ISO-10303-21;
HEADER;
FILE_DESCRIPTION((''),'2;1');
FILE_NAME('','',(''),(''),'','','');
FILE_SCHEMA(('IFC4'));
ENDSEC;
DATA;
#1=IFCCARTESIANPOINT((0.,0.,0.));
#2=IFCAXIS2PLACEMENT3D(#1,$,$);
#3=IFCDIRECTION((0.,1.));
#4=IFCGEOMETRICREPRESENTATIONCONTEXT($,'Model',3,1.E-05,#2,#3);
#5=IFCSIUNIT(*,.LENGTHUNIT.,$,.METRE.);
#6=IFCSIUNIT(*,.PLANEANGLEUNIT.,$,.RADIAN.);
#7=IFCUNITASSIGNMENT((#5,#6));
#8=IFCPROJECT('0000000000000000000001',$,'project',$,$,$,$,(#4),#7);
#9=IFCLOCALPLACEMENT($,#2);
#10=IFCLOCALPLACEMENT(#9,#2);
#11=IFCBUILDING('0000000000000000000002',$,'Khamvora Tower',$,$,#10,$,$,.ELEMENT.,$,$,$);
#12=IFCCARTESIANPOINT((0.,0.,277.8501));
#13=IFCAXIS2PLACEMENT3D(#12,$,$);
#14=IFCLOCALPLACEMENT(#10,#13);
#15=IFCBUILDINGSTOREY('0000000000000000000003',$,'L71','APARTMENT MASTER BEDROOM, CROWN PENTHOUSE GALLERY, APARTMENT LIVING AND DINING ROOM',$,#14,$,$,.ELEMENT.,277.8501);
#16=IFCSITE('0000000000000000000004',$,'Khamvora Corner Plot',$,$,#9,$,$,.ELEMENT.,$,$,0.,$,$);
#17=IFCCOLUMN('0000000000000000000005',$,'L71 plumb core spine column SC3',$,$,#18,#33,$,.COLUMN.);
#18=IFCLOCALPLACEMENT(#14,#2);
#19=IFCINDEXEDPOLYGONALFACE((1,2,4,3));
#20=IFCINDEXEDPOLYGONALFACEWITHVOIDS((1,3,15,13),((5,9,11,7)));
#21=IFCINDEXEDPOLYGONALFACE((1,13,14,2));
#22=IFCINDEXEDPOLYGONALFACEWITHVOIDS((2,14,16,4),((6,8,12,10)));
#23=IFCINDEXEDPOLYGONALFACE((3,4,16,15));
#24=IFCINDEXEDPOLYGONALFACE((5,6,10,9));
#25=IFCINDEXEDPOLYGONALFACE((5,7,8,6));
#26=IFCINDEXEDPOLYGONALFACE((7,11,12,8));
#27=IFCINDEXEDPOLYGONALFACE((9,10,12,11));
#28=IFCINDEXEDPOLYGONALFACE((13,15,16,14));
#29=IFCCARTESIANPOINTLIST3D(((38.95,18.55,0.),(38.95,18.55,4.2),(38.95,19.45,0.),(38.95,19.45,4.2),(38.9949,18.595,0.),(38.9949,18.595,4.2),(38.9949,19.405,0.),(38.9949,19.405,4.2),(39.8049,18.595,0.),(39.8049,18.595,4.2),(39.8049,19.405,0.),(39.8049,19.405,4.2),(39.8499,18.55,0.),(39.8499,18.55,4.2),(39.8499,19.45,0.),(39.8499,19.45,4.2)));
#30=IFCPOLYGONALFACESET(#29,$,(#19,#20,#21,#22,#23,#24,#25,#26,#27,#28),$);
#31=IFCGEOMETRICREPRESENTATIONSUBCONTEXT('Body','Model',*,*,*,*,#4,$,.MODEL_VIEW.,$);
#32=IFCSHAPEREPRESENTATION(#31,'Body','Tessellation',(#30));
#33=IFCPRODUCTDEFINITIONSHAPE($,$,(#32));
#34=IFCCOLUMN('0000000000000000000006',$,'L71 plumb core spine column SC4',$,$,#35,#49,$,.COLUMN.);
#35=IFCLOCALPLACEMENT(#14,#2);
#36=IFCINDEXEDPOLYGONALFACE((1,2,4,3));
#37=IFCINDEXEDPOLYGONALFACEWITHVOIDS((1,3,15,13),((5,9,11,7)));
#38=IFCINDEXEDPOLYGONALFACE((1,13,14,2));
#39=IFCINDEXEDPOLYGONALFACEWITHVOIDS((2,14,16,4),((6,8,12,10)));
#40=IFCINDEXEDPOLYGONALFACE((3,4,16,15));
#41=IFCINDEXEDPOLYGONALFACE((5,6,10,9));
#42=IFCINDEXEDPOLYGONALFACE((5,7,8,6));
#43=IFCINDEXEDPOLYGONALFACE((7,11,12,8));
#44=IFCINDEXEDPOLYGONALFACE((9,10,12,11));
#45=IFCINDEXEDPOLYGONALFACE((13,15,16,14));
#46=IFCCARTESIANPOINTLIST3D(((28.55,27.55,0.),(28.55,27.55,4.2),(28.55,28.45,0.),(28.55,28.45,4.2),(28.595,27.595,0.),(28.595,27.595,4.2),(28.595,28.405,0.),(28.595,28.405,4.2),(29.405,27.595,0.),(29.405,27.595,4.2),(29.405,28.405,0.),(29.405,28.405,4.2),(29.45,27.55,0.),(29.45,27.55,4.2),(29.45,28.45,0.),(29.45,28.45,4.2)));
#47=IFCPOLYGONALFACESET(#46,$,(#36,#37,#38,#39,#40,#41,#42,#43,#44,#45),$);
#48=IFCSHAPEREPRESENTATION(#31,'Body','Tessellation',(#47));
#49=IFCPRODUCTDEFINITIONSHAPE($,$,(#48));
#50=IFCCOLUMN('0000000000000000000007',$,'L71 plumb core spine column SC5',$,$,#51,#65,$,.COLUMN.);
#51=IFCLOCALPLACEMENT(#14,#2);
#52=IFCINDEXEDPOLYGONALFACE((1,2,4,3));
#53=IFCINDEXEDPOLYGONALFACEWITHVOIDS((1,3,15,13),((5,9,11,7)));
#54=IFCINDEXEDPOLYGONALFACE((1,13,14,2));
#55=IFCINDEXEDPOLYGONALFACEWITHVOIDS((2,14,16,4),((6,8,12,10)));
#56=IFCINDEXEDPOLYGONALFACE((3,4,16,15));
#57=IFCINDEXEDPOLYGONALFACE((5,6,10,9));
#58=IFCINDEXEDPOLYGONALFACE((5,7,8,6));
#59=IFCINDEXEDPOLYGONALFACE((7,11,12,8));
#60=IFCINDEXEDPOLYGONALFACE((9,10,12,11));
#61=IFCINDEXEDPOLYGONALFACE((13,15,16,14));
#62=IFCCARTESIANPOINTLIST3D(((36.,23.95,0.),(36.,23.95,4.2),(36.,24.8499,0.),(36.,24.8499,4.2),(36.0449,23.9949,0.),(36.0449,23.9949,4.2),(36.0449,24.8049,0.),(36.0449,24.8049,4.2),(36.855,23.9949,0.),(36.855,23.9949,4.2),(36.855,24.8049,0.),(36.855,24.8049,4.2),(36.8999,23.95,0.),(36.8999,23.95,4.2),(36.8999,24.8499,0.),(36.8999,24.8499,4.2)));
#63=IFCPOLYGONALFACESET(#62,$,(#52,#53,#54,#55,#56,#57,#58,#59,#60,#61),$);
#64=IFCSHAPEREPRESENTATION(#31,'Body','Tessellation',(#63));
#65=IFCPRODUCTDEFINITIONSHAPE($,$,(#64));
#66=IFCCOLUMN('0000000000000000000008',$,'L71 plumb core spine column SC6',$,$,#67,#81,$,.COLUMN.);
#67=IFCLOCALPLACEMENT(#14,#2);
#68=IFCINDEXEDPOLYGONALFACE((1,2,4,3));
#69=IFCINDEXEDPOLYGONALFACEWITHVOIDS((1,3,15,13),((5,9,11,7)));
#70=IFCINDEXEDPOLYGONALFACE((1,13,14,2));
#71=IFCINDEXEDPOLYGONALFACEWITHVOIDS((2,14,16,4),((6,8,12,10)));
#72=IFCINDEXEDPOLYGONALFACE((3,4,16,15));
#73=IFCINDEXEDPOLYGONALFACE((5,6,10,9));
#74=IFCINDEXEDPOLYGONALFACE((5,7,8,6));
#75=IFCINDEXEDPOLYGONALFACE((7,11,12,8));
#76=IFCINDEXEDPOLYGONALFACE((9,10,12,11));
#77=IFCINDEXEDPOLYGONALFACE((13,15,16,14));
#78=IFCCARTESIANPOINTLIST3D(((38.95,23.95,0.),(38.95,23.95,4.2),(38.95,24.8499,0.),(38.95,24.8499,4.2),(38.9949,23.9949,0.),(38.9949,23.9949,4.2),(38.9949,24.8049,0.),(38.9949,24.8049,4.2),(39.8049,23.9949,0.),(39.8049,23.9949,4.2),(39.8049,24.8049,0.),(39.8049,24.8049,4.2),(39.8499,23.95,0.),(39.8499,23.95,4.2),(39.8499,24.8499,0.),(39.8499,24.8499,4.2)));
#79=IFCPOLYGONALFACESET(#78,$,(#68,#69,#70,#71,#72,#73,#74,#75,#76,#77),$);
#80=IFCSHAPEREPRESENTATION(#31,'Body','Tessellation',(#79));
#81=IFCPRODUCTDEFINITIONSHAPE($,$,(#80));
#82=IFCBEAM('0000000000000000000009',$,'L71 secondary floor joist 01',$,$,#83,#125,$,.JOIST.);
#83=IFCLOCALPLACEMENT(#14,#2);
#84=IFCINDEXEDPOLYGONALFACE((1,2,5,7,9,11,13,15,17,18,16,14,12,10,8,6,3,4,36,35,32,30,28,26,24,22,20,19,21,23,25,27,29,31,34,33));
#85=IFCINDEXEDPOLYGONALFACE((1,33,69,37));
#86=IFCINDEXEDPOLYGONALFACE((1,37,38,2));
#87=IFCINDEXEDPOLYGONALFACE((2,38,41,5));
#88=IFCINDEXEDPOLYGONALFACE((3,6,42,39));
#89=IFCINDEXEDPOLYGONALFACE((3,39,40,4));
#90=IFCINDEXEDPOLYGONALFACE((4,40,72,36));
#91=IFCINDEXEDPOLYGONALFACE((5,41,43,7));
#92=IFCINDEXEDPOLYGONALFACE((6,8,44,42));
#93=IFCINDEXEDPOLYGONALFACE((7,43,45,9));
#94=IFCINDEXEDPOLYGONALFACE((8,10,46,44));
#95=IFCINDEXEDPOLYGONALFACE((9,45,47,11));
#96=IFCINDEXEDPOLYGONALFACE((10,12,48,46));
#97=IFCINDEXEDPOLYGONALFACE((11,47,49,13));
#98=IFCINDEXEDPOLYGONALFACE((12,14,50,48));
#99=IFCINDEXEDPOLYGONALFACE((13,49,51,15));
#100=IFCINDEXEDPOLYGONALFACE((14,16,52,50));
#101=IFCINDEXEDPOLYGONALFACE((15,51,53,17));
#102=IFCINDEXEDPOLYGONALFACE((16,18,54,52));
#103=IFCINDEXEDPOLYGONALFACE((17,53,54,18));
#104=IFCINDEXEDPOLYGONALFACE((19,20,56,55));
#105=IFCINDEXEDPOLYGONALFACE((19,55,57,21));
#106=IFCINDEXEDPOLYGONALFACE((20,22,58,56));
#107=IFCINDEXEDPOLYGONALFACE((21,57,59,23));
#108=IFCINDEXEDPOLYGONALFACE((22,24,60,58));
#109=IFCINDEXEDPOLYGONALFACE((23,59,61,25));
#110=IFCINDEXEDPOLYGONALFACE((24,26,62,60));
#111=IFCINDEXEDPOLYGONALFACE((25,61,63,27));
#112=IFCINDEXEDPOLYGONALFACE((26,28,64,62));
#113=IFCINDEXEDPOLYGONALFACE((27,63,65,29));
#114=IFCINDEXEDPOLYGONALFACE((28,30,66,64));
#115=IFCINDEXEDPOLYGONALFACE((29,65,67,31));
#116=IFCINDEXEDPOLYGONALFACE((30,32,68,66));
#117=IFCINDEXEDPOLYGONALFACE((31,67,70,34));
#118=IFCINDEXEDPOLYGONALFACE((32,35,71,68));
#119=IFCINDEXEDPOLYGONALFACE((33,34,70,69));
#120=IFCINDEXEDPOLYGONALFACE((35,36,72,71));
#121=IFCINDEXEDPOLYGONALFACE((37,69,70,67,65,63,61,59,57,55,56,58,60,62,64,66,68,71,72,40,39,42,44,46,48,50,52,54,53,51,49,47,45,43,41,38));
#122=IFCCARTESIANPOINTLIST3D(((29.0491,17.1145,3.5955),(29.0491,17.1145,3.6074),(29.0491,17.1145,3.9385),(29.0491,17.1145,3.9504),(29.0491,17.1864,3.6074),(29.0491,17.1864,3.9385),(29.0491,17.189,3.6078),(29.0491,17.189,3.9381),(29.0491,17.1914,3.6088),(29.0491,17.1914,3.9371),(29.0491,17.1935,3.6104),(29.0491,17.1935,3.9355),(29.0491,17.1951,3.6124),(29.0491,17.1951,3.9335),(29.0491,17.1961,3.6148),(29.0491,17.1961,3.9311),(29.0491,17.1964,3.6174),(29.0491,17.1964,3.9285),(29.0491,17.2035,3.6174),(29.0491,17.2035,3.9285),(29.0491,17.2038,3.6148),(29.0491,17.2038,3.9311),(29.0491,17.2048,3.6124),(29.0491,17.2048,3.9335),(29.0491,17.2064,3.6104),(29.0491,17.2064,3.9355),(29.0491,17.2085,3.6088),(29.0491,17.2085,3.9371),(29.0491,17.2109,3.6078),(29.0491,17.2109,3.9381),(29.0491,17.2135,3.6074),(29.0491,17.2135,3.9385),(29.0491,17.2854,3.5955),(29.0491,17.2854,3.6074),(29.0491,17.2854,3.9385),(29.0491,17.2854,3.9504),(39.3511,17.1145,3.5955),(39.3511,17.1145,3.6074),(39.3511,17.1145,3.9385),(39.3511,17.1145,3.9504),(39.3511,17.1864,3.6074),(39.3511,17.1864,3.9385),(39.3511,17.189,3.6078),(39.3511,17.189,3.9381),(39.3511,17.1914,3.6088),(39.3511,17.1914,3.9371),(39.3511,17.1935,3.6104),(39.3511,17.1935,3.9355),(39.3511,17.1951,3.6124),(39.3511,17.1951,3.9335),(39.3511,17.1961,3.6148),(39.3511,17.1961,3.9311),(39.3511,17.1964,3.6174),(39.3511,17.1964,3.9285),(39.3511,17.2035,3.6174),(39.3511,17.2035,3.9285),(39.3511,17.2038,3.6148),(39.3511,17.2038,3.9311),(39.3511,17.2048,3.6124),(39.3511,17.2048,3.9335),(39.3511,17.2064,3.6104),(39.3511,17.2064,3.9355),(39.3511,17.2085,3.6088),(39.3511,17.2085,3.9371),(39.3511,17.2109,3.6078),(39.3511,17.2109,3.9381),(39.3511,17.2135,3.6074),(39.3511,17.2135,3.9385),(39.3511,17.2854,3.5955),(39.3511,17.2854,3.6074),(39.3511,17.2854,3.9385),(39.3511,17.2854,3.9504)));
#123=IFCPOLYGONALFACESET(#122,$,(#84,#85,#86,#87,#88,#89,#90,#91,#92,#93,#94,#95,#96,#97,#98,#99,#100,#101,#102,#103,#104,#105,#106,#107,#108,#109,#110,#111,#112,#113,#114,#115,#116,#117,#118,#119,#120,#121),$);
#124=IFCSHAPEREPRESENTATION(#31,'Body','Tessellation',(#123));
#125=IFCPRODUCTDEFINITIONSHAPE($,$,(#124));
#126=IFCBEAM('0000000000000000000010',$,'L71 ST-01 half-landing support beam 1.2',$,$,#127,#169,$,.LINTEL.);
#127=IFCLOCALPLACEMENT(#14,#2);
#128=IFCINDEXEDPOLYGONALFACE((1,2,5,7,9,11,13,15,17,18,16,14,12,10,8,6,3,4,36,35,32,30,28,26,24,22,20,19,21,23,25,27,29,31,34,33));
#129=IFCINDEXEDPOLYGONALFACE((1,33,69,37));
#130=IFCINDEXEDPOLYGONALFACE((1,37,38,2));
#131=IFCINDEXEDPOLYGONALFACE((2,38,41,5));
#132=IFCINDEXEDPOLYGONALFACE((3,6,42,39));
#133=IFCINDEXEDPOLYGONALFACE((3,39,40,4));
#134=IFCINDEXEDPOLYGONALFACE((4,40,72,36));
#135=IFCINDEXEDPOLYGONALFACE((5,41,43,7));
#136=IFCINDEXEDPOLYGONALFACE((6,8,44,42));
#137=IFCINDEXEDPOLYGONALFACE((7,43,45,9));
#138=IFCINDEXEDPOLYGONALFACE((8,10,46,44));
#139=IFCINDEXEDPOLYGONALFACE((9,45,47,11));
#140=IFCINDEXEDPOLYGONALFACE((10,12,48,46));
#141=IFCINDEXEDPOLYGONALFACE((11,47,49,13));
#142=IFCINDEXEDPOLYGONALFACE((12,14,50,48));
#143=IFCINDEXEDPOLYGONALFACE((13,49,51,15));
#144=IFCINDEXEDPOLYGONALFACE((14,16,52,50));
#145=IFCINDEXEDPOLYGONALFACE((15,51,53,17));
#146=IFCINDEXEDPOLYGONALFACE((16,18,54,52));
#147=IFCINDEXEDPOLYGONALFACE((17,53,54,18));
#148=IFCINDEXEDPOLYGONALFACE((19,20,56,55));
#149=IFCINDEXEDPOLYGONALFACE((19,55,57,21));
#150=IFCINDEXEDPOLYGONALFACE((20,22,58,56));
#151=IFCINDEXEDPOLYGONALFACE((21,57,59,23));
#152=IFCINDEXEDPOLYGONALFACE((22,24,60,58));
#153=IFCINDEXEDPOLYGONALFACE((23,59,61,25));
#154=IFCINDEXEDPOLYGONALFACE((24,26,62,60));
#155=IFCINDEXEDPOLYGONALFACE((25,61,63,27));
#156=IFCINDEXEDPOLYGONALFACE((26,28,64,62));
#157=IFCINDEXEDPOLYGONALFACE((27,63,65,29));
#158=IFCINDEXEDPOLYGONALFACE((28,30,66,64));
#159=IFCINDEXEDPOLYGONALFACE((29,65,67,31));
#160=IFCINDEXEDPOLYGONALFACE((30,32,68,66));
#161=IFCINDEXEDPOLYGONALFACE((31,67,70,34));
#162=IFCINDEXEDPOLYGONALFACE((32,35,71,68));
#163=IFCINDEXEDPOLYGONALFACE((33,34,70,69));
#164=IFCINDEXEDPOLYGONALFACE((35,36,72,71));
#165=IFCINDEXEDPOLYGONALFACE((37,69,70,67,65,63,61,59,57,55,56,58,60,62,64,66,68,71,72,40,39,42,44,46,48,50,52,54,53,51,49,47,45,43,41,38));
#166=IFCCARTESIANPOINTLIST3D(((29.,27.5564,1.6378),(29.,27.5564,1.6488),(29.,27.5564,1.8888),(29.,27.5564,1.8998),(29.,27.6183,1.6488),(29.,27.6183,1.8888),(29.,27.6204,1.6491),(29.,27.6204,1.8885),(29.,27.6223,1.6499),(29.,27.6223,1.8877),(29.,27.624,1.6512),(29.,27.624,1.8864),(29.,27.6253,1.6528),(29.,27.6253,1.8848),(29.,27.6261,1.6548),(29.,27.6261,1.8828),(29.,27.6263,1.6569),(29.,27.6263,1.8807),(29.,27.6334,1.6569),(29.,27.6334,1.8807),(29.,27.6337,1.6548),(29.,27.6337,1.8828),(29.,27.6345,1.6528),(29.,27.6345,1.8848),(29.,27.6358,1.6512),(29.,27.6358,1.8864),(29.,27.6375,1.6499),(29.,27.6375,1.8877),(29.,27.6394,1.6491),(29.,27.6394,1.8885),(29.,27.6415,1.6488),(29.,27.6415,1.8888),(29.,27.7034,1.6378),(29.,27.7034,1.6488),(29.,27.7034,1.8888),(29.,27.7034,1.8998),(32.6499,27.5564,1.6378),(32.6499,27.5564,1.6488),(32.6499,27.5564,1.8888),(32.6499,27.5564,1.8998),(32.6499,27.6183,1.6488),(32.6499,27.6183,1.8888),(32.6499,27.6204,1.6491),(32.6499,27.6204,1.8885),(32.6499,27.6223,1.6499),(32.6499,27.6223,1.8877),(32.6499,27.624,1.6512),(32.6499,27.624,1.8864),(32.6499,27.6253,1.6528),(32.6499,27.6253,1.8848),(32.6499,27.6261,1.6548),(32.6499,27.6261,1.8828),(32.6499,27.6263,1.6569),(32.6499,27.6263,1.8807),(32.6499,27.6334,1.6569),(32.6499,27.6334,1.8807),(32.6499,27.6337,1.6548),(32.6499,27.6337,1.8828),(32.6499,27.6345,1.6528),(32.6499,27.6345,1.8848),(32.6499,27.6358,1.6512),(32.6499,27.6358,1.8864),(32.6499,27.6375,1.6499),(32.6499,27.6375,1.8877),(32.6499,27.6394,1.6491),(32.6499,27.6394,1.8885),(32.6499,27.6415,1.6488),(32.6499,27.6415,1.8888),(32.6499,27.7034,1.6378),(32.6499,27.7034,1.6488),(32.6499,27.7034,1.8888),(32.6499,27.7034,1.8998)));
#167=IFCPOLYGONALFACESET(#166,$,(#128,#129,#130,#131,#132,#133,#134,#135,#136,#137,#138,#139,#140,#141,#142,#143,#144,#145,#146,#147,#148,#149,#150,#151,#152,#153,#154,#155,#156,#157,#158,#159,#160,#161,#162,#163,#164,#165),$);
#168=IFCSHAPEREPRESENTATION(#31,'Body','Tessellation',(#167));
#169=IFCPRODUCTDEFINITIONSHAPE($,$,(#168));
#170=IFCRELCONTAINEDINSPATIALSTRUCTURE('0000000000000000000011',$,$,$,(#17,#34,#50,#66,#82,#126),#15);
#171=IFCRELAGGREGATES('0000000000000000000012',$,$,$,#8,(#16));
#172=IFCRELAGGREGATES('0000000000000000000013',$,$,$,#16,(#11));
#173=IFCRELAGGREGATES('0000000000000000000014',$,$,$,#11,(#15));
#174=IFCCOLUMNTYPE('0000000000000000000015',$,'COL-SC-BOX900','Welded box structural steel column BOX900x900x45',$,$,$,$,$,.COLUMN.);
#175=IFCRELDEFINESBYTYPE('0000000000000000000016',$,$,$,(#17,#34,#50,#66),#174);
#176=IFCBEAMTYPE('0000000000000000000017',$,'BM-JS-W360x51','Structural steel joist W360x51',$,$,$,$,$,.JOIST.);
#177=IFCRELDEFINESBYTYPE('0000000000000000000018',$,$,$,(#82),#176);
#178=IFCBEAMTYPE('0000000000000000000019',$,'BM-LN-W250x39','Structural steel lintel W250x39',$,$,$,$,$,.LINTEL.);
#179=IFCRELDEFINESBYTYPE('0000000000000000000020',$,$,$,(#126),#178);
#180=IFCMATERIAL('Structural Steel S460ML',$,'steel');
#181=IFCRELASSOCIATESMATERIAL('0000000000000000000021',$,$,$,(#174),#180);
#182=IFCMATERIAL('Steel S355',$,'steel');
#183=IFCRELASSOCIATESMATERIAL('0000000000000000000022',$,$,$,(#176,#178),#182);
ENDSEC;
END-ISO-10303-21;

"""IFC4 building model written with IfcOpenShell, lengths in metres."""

from ifc_helpers import new_model, si_unit, direction, frame, origin, origin_2d, place, context, subcontext, project, spatial, hollow_rectangle, i_section, extrude, material, material_profile, profile_set, type_object, element, save


model = new_model("IFC4")

# Units and contexts
model_context = context("Model", 3, precision=1e-05, world=origin(), true_north=direction((0.0, 1.0)))
body_context = subcontext(model_context, "Body", "Model", "MODEL_VIEW")
ifc_project = project(units=[si_unit("LENGTHUNIT", "METRE"), si_unit("PLANEANGLEUNIT", "RADIAN")], contexts=[model_context])

# Site, building, storey
site_placement = place(None, origin())
site = spatial("IfcSite", under=ifc_project, at=site_placement, Name="Khamvora Corner Plot", CompositionType="ELEMENT", RefElevation=0.0)
building_placement = place(site_placement, origin())
building = spatial("IfcBuilding", under=site, at=building_placement, Name="Khamvora Tower", CompositionType="ELEMENT")
storey_placement = place(building_placement, frame((0.0, 0.0, 277.8501)))
storey = spatial("IfcBuildingStorey", under=building, at=storey_placement, Name="L71", Description="APARTMENT MASTER BEDROOM, CROWN PENTHOUSE GALLERY, APARTMENT LIVING AND DINING ROOM", CompositionType="ELEMENT", Elevation=277.8501)

# Columns
ifc_material_1 = material(Name="Structural Steel S460ML", Category="steel")
ifc_material_profile_1 = material_profile(ifc_material_1, hollow_rectangle(XDim=0.8999, YDim=0.8999, WallThickness=0.0449, at=origin_2d()), Name="BOX900x900x45")
ifc_profile_set_1 = profile_set([ifc_material_profile_1], Name="Structural Steel S460ML")
column_type = type_object("IfcColumnType", Name="COL-SC-BOX900", Description="Welded box structural steel column BOX900x900x45", PredefinedType="COLUMN", material=ifc_profile_set_1)
for number, where, z_axis, x_axis, name in (
    (1, (39.3999, 19.0, 0.0), (0.0, 0.0, 1.0), (1.0, 0.0, 0.0), "L71 plumb core spine column SC3"),
    (2, (29.0, 28.0, 0.0), (0.0, 0.0, 1.0), (1.0, 0.0, 0.0), "L71 plumb core spine column SC4"),
    (3, (36.45, 24.3999, 0.0), (0.0, 0.0, 1.0), (1.0, 0.0, 0.0), "L71 plumb core spine column SC5"),
    (4, (39.3999, 24.3999, 0.0), (0.0, 0.0, 1.0), (1.0, 0.0, 0.0), "L71 plumb core spine column SC6"),
):
    element("IfcColumn", number, at=place(storey_placement, frame(where, z_axis=z_axis, x_axis=x_axis)), inside=storey, type_object=column_type, Name=name, PredefinedType="COLUMN", context=body_context, shape_type="SweptSolid", body=[
        extrude(hollow_rectangle(XDim=0.8999, YDim=0.8999, WallThickness=0.0449, at=origin_2d()), origin(), (0.0, 0.0, 1.0), 4.2),
    ])

# Beams
ifc_material_2 = material(Name="Steel S355", Category="steel")
ifc_material_profile_2 = material_profile(ifc_material_2, i_section(OverallWidth=0.1709, OverallDepth=0.355, WebThickness=0.0071, FlangeThickness=0.012, FilletRadius=0.01, at=origin_2d()), Name="W360x51")
ifc_profile_set_2 = profile_set([ifc_material_profile_2], Name="Steel S355")
beam_type_1 = type_object("IfcBeamType", Name="BM-JS-W360x51", Description="Structural steel joist W360x51", PredefinedType="JOIST", material=ifc_profile_set_2)
beam_1_placement = place(storey_placement, frame((29.0491, 17.2, 3.7729), z_axis=(1.0, 0.0, 0.0), x_axis=(0.0, 1.0, 0.0)))
element("IfcBeam", 5, at=beam_1_placement, inside=storey, type_object=beam_type_1, Name="L71 secondary floor joist 01", PredefinedType="JOIST", context=body_context, shape_type="SweptSolid", body=[
    extrude(i_section(OverallWidth=0.1709, OverallDepth=0.355, WebThickness=0.0071, FlangeThickness=0.012, FilletRadius=0.01, at=origin_2d()), origin(), (0.0, 0.0, 1.0), 10.302),
])
ifc_material_profile_3 = material_profile(ifc_material_2, i_section(OverallWidth=0.147, OverallDepth=0.262, WebThickness=0.0071, FlangeThickness=0.011, FilletRadius=0.0081, at=origin_2d()), Name="W250x39")
ifc_profile_set_3 = profile_set([ifc_material_profile_3], Name="Steel S355")
beam_type_2 = type_object("IfcBeamType", Name="BM-LN-W250x39", Description="Structural steel lintel W250x39", PredefinedType="LINTEL", material=ifc_profile_set_3)
beam_2_placement = place(storey_placement, frame((29.0, 27.6299, 1.7688), z_axis=(1.0, 0.0, 0.0), x_axis=(0.0, 1.0, 0.0)))
element("IfcBeam", 6, at=beam_2_placement, inside=storey, type_object=beam_type_2, Name="L71 ST-01 half-landing support beam 1.2", PredefinedType="LINTEL", context=body_context, shape_type="SweptSolid", body=[
    extrude(i_section(OverallWidth=0.147, OverallDepth=0.262, WebThickness=0.0071, FlangeThickness=0.011, FilletRadius=0.0081, at=origin_2d()), origin(), (0.0, 0.0, 1.0), 3.6499),
])

save(model, "model.ifc")
